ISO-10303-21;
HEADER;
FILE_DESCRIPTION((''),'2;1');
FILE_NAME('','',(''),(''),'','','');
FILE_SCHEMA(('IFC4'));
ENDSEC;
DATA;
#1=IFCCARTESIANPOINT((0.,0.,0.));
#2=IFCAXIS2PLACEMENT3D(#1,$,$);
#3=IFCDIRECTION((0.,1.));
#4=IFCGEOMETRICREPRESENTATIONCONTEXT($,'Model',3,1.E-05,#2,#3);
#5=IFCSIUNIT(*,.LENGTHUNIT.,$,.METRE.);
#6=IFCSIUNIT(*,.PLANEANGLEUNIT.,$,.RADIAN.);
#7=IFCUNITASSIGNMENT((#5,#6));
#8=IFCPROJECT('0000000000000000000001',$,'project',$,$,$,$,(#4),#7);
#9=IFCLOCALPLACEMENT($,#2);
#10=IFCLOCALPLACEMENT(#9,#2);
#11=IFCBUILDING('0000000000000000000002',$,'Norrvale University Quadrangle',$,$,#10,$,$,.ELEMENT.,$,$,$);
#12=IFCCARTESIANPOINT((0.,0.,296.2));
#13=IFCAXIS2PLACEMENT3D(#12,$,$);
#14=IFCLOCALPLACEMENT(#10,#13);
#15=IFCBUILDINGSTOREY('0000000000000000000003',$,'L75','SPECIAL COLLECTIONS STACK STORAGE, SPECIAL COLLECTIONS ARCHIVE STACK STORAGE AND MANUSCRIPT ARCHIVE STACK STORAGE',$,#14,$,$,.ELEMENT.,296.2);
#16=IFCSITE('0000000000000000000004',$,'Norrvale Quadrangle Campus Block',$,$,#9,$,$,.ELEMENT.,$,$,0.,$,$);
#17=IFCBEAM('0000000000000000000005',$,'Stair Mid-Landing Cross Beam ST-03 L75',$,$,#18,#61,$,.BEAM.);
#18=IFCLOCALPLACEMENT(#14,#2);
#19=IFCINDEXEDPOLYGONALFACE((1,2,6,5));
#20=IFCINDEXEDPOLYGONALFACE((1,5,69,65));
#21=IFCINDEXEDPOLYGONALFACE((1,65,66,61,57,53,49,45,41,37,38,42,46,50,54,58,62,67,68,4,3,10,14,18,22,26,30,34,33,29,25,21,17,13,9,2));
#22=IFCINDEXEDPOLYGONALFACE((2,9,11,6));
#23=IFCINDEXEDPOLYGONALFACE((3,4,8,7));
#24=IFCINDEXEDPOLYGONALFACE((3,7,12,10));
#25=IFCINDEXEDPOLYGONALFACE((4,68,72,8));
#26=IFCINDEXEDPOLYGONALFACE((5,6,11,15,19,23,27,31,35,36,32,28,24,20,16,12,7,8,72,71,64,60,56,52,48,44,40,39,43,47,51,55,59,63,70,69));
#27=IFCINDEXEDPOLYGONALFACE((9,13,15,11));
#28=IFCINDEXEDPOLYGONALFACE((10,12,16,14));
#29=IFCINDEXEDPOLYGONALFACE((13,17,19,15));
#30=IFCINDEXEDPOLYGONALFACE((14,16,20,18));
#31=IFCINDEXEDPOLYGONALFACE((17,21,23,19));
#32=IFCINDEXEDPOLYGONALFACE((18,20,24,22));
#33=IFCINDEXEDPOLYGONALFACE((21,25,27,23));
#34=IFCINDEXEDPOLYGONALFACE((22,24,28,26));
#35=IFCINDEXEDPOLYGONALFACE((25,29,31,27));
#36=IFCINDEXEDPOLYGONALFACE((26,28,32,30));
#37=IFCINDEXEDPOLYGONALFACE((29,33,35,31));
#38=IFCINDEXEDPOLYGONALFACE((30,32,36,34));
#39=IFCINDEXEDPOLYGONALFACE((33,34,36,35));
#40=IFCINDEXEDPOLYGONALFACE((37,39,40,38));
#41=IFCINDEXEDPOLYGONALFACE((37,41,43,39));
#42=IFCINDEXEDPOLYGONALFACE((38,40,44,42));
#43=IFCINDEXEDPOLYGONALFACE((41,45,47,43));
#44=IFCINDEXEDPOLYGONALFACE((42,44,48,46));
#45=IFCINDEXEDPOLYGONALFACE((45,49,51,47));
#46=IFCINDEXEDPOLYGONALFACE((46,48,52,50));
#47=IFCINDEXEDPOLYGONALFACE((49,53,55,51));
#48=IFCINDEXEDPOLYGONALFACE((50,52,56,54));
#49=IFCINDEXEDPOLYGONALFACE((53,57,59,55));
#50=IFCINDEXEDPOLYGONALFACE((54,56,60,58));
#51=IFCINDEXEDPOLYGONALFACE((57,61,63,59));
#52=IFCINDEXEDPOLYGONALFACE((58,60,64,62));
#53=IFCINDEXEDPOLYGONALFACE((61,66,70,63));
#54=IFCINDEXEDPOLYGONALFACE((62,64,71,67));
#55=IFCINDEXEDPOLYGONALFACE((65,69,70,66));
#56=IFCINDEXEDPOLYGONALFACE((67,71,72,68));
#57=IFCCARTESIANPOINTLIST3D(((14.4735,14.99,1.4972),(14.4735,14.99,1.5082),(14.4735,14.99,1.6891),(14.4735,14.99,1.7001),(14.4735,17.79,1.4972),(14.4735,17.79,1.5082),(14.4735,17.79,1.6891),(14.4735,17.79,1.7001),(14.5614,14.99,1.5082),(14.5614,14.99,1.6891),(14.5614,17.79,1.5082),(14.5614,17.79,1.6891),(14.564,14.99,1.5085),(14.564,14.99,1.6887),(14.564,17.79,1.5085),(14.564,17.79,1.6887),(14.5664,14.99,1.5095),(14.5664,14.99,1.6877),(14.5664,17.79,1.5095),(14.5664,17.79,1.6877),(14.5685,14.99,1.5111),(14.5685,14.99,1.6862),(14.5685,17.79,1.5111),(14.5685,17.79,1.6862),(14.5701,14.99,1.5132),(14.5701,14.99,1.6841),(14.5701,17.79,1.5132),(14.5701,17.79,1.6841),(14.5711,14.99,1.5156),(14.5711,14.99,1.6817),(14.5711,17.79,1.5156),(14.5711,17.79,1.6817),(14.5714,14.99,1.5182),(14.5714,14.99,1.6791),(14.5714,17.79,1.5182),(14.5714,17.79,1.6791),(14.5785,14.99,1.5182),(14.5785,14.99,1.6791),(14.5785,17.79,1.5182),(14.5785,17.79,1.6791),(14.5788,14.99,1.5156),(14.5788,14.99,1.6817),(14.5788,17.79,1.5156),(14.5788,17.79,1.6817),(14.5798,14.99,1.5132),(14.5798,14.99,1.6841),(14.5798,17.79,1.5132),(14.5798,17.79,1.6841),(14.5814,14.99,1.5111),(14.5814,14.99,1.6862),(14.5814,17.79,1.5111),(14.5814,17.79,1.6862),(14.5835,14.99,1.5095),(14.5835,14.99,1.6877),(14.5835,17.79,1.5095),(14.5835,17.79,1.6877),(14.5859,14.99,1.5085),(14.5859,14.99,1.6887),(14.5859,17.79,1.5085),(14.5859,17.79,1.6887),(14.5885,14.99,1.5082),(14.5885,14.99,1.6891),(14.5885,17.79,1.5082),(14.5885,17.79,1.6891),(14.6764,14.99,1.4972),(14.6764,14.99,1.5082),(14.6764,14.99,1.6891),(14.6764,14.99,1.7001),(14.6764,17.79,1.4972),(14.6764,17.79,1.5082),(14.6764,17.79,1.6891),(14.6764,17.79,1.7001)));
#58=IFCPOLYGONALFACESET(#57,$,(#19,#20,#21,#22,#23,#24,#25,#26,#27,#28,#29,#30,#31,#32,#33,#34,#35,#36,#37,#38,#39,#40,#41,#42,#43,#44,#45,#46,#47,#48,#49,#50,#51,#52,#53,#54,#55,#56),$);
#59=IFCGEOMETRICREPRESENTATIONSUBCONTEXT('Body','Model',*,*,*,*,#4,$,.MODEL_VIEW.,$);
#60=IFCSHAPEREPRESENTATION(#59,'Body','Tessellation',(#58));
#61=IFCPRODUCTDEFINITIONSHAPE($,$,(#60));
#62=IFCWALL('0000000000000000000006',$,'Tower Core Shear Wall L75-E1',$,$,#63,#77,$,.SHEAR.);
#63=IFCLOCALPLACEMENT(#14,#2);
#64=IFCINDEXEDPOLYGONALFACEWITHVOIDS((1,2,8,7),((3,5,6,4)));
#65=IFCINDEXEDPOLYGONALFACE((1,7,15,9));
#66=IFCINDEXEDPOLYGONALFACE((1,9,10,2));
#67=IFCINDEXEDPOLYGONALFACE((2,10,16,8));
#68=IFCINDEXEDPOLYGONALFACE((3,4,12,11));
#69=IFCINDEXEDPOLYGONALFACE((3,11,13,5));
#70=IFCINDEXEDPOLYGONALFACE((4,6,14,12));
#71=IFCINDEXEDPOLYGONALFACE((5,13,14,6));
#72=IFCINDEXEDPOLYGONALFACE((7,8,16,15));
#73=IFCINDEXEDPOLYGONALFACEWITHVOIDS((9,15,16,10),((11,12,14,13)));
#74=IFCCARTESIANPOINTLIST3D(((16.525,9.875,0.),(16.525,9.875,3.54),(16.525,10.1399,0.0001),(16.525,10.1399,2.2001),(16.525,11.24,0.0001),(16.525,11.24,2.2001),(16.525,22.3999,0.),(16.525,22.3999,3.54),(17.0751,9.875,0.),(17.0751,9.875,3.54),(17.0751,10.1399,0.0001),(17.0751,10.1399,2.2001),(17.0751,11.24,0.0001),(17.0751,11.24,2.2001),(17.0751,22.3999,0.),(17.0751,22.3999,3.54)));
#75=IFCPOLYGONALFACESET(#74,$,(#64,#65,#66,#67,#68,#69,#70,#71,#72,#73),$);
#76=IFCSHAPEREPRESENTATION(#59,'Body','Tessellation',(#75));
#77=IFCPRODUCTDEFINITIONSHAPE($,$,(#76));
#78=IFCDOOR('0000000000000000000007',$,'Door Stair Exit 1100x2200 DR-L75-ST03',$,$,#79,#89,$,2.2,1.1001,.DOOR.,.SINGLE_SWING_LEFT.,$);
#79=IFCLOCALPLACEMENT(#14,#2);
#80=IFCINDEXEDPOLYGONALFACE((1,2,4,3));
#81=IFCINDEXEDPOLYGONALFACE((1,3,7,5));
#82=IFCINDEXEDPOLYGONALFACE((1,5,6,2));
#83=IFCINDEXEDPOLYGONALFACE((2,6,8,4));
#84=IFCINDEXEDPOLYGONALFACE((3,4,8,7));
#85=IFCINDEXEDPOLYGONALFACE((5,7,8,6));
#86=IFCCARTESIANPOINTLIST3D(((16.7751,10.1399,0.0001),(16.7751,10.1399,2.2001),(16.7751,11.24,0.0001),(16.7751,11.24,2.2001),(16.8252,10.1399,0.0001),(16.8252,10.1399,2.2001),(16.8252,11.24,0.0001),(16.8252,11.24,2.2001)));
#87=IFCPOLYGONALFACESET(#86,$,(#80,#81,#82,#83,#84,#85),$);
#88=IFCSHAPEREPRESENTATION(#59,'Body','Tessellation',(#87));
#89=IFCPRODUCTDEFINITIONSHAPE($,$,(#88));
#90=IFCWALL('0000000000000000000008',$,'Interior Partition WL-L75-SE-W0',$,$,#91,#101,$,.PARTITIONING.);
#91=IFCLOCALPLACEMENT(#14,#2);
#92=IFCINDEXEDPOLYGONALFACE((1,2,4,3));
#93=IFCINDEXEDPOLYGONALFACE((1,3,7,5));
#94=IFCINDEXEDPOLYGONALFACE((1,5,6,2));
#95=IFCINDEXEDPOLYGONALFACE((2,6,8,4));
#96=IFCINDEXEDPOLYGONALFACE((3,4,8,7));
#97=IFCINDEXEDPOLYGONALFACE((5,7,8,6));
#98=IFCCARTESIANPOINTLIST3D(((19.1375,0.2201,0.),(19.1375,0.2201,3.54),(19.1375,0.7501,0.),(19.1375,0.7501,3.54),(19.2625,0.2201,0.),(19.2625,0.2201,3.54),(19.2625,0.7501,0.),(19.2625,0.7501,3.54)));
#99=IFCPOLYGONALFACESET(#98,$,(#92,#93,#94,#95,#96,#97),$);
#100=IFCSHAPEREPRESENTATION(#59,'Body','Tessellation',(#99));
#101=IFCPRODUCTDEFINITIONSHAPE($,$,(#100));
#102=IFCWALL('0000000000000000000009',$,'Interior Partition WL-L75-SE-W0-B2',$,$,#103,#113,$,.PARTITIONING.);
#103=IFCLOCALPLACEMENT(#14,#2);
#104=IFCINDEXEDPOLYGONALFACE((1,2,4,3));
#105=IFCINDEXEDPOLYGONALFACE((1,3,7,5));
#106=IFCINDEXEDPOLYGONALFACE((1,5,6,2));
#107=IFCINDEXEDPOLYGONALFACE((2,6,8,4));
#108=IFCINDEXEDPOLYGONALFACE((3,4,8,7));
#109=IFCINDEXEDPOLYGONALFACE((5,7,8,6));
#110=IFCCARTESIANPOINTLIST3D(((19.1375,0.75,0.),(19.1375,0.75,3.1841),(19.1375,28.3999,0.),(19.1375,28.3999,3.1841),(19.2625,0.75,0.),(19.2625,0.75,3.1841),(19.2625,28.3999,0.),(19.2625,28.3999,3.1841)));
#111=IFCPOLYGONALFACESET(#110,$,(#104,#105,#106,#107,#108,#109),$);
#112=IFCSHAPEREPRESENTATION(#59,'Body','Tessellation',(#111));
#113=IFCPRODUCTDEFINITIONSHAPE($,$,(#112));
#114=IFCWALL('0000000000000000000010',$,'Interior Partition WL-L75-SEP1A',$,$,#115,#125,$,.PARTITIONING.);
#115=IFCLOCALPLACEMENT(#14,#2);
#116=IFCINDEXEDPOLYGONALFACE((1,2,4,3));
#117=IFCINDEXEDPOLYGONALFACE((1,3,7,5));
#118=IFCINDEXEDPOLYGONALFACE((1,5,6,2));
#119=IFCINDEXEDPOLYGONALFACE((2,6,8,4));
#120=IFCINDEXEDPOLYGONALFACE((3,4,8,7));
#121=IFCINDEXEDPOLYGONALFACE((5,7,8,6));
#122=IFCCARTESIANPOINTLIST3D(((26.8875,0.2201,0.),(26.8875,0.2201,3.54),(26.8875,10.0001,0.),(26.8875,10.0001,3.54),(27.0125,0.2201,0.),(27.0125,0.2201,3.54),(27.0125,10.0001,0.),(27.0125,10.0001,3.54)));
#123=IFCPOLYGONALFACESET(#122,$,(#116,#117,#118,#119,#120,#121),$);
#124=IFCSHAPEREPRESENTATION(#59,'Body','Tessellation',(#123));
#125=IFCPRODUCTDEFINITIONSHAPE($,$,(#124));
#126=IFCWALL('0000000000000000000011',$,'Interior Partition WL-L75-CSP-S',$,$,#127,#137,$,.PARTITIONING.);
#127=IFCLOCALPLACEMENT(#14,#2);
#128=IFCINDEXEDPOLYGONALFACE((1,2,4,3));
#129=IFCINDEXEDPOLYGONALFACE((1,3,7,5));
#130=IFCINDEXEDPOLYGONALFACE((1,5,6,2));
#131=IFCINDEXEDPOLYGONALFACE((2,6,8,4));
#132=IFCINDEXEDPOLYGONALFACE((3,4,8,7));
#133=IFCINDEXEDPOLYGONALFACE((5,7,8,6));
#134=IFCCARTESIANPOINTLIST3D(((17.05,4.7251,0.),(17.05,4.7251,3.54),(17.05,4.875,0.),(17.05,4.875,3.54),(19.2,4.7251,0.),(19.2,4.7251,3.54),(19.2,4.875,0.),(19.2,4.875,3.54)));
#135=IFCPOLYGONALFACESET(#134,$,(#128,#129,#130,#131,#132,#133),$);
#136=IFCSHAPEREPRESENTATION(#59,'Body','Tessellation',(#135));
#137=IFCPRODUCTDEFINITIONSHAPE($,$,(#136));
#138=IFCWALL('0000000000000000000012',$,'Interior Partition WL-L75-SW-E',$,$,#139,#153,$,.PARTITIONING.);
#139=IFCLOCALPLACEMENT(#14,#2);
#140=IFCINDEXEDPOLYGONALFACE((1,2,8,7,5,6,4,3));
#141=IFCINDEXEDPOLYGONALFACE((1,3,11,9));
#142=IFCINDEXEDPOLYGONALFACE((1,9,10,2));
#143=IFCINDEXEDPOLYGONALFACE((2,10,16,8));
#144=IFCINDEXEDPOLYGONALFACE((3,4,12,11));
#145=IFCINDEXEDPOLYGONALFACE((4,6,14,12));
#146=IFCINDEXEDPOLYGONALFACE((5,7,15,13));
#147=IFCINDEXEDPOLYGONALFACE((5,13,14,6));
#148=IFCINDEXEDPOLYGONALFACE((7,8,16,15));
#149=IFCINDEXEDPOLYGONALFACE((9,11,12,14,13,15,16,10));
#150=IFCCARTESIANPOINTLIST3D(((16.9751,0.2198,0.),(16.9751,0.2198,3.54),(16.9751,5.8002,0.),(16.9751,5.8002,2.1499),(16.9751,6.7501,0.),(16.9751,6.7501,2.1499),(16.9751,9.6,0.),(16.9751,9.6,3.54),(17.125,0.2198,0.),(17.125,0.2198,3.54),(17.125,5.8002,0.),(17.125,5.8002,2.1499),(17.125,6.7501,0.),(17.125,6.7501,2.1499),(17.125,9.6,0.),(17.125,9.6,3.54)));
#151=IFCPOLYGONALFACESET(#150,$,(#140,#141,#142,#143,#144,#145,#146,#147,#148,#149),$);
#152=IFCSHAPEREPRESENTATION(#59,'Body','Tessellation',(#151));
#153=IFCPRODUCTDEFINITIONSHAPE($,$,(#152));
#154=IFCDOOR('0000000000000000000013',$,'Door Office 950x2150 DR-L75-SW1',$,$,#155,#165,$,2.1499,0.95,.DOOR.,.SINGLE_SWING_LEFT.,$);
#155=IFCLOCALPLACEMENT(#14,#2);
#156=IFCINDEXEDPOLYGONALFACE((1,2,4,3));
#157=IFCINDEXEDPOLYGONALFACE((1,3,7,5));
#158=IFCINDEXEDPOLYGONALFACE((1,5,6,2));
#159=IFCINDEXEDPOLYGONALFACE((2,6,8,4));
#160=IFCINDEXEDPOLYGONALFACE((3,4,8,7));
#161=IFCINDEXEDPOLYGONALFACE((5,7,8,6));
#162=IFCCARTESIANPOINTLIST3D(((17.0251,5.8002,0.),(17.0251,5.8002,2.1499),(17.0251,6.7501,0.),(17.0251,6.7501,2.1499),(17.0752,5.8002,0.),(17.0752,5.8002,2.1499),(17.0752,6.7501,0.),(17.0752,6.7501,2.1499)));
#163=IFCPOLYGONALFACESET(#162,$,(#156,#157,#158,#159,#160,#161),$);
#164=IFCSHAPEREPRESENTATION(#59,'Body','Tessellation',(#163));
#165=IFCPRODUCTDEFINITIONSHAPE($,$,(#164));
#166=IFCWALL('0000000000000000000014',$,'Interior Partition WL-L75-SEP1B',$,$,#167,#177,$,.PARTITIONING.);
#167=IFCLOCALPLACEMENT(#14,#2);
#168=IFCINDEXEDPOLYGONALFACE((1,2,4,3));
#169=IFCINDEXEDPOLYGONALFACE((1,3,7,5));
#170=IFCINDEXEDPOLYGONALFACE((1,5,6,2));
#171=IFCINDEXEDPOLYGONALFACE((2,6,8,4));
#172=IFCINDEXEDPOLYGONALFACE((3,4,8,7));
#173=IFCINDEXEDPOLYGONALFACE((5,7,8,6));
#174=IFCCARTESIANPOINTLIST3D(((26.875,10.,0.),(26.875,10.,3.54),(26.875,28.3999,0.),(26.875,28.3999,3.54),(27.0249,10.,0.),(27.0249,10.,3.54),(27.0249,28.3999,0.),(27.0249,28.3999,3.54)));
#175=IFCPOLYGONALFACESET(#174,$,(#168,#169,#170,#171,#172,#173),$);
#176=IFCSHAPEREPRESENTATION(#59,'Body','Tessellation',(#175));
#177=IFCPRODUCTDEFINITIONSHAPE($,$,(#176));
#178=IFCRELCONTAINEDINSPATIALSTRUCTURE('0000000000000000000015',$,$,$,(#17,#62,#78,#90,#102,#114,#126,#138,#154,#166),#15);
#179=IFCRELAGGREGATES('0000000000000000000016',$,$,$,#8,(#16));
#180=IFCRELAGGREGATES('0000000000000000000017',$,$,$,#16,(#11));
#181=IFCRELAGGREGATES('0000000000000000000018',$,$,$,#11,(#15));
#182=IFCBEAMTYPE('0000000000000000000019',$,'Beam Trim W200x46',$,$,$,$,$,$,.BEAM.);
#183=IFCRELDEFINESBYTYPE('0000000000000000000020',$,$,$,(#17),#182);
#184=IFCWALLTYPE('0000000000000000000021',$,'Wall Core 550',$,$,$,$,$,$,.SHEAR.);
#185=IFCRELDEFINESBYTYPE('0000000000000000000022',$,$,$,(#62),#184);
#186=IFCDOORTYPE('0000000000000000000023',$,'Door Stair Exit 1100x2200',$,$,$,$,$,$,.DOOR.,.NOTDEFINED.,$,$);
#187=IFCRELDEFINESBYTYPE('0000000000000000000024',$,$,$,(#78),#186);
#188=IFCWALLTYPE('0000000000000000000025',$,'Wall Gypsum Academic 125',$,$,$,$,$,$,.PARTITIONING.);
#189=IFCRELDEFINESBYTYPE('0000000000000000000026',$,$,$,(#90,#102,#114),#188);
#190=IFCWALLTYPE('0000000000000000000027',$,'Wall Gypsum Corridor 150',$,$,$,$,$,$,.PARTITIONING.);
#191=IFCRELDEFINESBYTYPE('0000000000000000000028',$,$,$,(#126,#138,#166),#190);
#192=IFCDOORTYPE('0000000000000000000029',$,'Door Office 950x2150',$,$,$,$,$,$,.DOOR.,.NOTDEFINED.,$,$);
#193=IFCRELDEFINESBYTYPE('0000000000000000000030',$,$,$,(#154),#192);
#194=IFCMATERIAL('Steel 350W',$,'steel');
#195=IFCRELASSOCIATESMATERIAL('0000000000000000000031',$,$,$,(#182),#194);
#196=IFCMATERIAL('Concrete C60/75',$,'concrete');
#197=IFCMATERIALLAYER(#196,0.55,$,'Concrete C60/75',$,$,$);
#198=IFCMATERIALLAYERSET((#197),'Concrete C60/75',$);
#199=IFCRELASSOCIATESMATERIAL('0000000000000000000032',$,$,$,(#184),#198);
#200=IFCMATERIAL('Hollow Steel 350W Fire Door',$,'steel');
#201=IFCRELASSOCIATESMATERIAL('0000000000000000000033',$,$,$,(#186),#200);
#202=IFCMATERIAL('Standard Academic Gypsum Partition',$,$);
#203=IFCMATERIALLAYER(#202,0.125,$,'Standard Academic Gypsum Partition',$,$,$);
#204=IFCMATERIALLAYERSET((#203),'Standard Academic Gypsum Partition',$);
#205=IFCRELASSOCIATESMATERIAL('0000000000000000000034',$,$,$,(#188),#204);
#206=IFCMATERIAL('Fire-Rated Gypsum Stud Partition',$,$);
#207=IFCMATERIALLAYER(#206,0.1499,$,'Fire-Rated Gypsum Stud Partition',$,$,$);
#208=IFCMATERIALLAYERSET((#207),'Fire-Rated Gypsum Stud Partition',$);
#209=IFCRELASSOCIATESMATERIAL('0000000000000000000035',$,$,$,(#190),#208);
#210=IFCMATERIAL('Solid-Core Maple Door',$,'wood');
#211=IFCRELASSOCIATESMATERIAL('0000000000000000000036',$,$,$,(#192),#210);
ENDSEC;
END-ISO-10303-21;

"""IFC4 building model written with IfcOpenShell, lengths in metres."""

from ifc_helpers import new_model, si_unit, direction, frame, frame_2d, origin, origin_2d, place, context, subcontext, project, spatial, rectangle, i_section, extrude, material, layer, layer_set, material_profile, profile_set, type_object, element, fill, save


model = new_model("IFC4")

# Units and contexts
model_context = context("Model", 3, precision=1e-05, world=origin(), true_north=direction((0.0, 1.0)))
body_context = subcontext(model_context, "Body", "Model", "MODEL_VIEW")
ifc_project = project(units=[si_unit("LENGTHUNIT", "METRE"), si_unit("PLANEANGLEUNIT", "RADIAN")], contexts=[model_context])

# Site, building, storey
site_placement = place(None, origin())
site = spatial("IfcSite", under=ifc_project, at=site_placement, Name="Norrvale Quadrangle Campus Block", CompositionType="ELEMENT", RefElevation=0.0)
building_placement = place(site_placement, origin())
building = spatial("IfcBuilding", under=site, at=building_placement, Name="Norrvale University Quadrangle", CompositionType="ELEMENT")
storey_placement = place(building_placement, frame((0.0, 0.0, 296.2)))
storey = spatial("IfcBuildingStorey", under=building, at=storey_placement, Name="L75", Description="SPECIAL COLLECTIONS STACK STORAGE, SPECIAL COLLECTIONS ARCHIVE STACK STORAGE AND MANUSCRIPT ARCHIVE STACK STORAGE", CompositionType="ELEMENT", Elevation=296.2)

# Shared definitions
ifc_material_1 = material(Name="Concrete C60/75", Category="concrete")

# Beam
ifc_material_2 = material(Name="Steel 350W", Category="steel")
ifc_material_profile_1 = material_profile(ifc_material_2, i_section(OverallWidth=0.2029, OverallDepth=0.2029, WebThickness=0.0071, FlangeThickness=0.011, FilletRadius=0.01, at=origin_2d()), Name="Steel 350W")
ifc_profile_set_1 = profile_set([ifc_material_profile_1], Name="Steel 350W")
beam_type_1 = type_object("IfcBeamType", Name="Beam Trim W200x46", PredefinedType="BEAM", material=ifc_profile_set_1)
beam_1_placement = place(storey_placement, frame((14.575, 14.99, 1.5986), z_axis=(0.0, 1.0, 0.0), x_axis=(-1.0, 0.0, 0.0)))
element("IfcBeam", 1, at=beam_1_placement, inside=storey, type_object=beam_type_1, Name="Stair Mid-Landing Cross Beam ST-03 L75", PredefinedType="BEAM", context=body_context, shape_type="SweptSolid", body=[
    extrude(i_section(OverallWidth=0.2029, OverallDepth=0.2029, WebThickness=0.0071, FlangeThickness=0.011, FilletRadius=0.01, at=origin_2d()), origin(), (0.0, 0.0, 1.0), 2.8),
])

# Wall, opening, door
ifc_layer_1 = layer(ifc_material_1, 0.55, Name="Concrete C60/75")
ifc_layer_set_1 = layer_set([ifc_layer_1], Name="Concrete C60/75")
wall_type_1 = type_object("IfcWallType", Name="Wall Core 550", PredefinedType="SHEAR", material=ifc_layer_set_1)
wall_1_placement = place(storey_placement, frame((16.8, 9.875, 0.0), z_axis=(0.0, 0.0, 1.0), x_axis=(0.0, 1.0, 0.0)))
wall_1 = element("IfcWall", 2, at=wall_1_placement, inside=storey, type_object=wall_type_1, Name="Tower Core Shear Wall L75-E1", PredefinedType="SHEAR", context=body_context, shape_type="SweptSolid", body=[
    extrude(rectangle(XDim=12.5249, YDim=0.55, at=frame_2d((6.2625, 0.0))), origin(), (0.0, 0.0, 1.0), 3.54),
])
opening_1_placement = place(wall_1_placement, frame((0.2649, 0.0, 0.0)))
opening_1 = element("IfcOpeningElement", 3, at=opening_1_placement, cuts=wall_1, PredefinedType="OPENING", context=body_context, shape_type="SweptSolid", body=[
    extrude(rectangle(XDim=1.1001, YDim=2.2, at=frame_2d((0.55, 1.1001))), frame((0.0, 0.2871, 0.0), z_axis=(0.0, -1.0, 0.0), x_axis=(1.0, 0.0, 0.0)), (0.0, 0.0, 1.0), 0.574),
])
ifc_material_3 = material(Name="Hollow Steel 350W Fire Door", Category="steel")
door_type_1 = type_object("IfcDoorType", Name="Door Stair Exit 1100x2200", OperationType="NOTDEFINED", PredefinedType="DOOR", material=ifc_material_3)
door_1_placement = place(opening_1_placement, origin())
door_1 = element("IfcDoor", 4, at=door_1_placement, inside=storey, type_object=door_type_1, Name="Door Stair Exit 1100x2200 DR-L75-ST03", OperationType="SINGLE_SWING_LEFT", OverallHeight=2.2, OverallWidth=1.1001, PredefinedType="DOOR", context=body_context, shape_type="SweptSolid", body=[
    extrude(rectangle(XDim=1.1001, YDim=2.2, at=frame_2d((0.55, 1.1001))), frame((0.0, 0.0249, 0.0), z_axis=(0.0, -1.0, 0.0), x_axis=(1.0, 0.0, 0.0)), (0.0, 0.0, 1.0), 0.05),
])
fill(opening_1, door_1)

# Walls
ifc_material_4 = material(Name="Standard Academic Gypsum Partition")
ifc_layer_2 = layer(ifc_material_4, 0.125, Name="Standard Academic Gypsum Partition")
ifc_layer_set_2 = layer_set([ifc_layer_2], Name="Standard Academic Gypsum Partition")
wall_type_2 = type_object("IfcWallType", Name="Wall Gypsum Academic 125", PredefinedType="PARTITIONING", material=ifc_layer_set_2)
wall_2_placement = place(storey_placement, frame((19.2, 0.22, 0.0), z_axis=(0.0, 0.0, 1.0), x_axis=(0.0, 1.0, 0.0)))
element("IfcWall", 5, at=wall_2_placement, inside=storey, type_object=wall_type_2, Name="Interior Partition WL-L75-SE-W0", PredefinedType="PARTITIONING", context=body_context, shape_type="SweptSolid", body=[
    extrude(rectangle(XDim=0.53, YDim=0.125, at=frame_2d((0.2651, 0.0))), origin(), (0.0, 0.0, 1.0), 3.54),
])
wall_3_placement = place(storey_placement, frame((19.2, 0.75, 0.0), z_axis=(0.0, 0.0, 1.0), x_axis=(0.0, 1.0, 0.0)))
element("IfcWall", 6, at=wall_3_placement, inside=storey, type_object=wall_type_2, Name="Interior Partition WL-L75-SE-W0-B2", PredefinedType="PARTITIONING", context=body_context, shape_type="SweptSolid", body=[
    extrude(rectangle(XDim=27.6499, YDim=0.125, at=frame_2d((13.825, 0.0))), origin(), (0.0, 0.0, 1.0), 3.1841),
])
wall_4_placement = place(storey_placement, frame((26.95, 0.22, 0.0), z_axis=(0.0, 0.0, 1.0), x_axis=(0.0, 1.0, 0.0)))
element("IfcWall", 7, at=wall_4_placement, inside=storey, type_object=wall_type_2, Name="Interior Partition WL-L75-SEP1A", PredefinedType="PARTITIONING", context=body_context, shape_type="SweptSolid", body=[
    extrude(rectangle(XDim=9.78, YDim=0.125, at=frame_2d((4.8901, 0.0))), origin(), (0.0, 0.0, 1.0), 3.54),
])
ifc_material_5 = material(Name="Fire-Rated Gypsum Stud Partition")
ifc_layer_3 = layer(ifc_material_5, 0.1499, Name="Fire-Rated Gypsum Stud Partition")
ifc_layer_set_3 = layer_set([ifc_layer_3], Name="Fire-Rated Gypsum Stud Partition")
wall_type_3 = type_object("IfcWallType", Name="Wall Gypsum Corridor 150", PredefinedType="PARTITIONING", material=ifc_layer_set_3)
wall_5_placement = place(storey_placement, frame((17.05, 4.8, 0.0), z_axis=(0.0, 0.0, 1.0), x_axis=(1.0, 0.0, 0.0)))
element("IfcWall", 8, at=wall_5_placement, inside=storey, type_object=wall_type_3, Name="Interior Partition WL-L75-CSP-S", PredefinedType="PARTITIONING", context=body_context, shape_type="SweptSolid", body=[
    extrude(rectangle(XDim=2.1499, YDim=0.1499, at=frame_2d((1.075, 0.0))), origin(), (0.0, 0.0, 1.0), 3.54),
])

# Wall, opening, door
wall_6_placement = place(storey_placement, frame((17.05, 0.22, 0.0), z_axis=(0.0, 0.0, 1.0), x_axis=(0.0, 1.0, 0.0)))
wall_6 = element("IfcWall", 9, at=wall_6_placement, inside=storey, type_object=wall_type_3, Name="Interior Partition WL-L75-SW-E", PredefinedType="PARTITIONING", context=body_context, shape_type="SweptSolid", body=[
    extrude(rectangle(XDim=9.3801, YDim=0.1499, at=frame_2d((4.6899, 0.0))), origin(), (0.0, 0.0, 1.0), 3.54),
])
opening_2_placement = place(wall_6_placement, frame((5.5801, 0.0, 0.0)))
opening_2 = element("IfcOpeningElement", 10, at=opening_2_placement, cuts=wall_6, PredefinedType="OPENING", context=body_context, shape_type="SweptSolid", body=[
    extrude(rectangle(XDim=0.95, YDim=2.1499, at=frame_2d((0.4751, 1.075))), frame((0.0, 0.0869, 0.0), z_axis=(0.0, -1.0, 0.0), x_axis=(1.0, 0.0, 0.0)), (0.0, 0.0, 1.0), 0.1738),
])
ifc_material_6 = material(Name="Solid-Core Maple Door", Category="wood")
door_type_2 = type_object("IfcDoorType", Name="Door Office 950x2150", OperationType="NOTDEFINED", PredefinedType="DOOR", material=ifc_material_6)
door_2_placement = place(opening_2_placement, origin())
door_2 = element("IfcDoor", 11, at=door_2_placement, inside=storey, type_object=door_type_2, Name="Door Office 950x2150 DR-L75-SW1", OperationType="SINGLE_SWING_LEFT", OverallHeight=2.1499, OverallWidth=0.95, PredefinedType="DOOR", context=body_context, shape_type="SweptSolid", body=[
    extrude(rectangle(XDim=0.95, YDim=2.1499, at=frame_2d((0.4751, 1.075))), frame((0.0, 0.0249, 0.0), z_axis=(0.0, -1.0, 0.0), x_axis=(1.0, 0.0, 0.0)), (0.0, 0.0, 1.0), 0.05),
])
fill(opening_2, door_2)

# Wall
wall_7_placement = place(storey_placement, frame((26.95, 10.0, 0.0), z_axis=(0.0, 0.0, 1.0), x_axis=(0.0, 1.0, 0.0)))
element("IfcWall", 12, at=wall_7_placement, inside=storey, type_object=wall_type_3, Name="Interior Partition WL-L75-SEP1B", PredefinedType="PARTITIONING", context=body_context, shape_type="SweptSolid", body=[
    extrude(rectangle(XDim=18.3999, YDim=0.1499, at=frame_2d((9.2, 0.0))), origin(), (0.0, 0.0, 1.0), 3.54),
])

save(model, "model.ifc")
